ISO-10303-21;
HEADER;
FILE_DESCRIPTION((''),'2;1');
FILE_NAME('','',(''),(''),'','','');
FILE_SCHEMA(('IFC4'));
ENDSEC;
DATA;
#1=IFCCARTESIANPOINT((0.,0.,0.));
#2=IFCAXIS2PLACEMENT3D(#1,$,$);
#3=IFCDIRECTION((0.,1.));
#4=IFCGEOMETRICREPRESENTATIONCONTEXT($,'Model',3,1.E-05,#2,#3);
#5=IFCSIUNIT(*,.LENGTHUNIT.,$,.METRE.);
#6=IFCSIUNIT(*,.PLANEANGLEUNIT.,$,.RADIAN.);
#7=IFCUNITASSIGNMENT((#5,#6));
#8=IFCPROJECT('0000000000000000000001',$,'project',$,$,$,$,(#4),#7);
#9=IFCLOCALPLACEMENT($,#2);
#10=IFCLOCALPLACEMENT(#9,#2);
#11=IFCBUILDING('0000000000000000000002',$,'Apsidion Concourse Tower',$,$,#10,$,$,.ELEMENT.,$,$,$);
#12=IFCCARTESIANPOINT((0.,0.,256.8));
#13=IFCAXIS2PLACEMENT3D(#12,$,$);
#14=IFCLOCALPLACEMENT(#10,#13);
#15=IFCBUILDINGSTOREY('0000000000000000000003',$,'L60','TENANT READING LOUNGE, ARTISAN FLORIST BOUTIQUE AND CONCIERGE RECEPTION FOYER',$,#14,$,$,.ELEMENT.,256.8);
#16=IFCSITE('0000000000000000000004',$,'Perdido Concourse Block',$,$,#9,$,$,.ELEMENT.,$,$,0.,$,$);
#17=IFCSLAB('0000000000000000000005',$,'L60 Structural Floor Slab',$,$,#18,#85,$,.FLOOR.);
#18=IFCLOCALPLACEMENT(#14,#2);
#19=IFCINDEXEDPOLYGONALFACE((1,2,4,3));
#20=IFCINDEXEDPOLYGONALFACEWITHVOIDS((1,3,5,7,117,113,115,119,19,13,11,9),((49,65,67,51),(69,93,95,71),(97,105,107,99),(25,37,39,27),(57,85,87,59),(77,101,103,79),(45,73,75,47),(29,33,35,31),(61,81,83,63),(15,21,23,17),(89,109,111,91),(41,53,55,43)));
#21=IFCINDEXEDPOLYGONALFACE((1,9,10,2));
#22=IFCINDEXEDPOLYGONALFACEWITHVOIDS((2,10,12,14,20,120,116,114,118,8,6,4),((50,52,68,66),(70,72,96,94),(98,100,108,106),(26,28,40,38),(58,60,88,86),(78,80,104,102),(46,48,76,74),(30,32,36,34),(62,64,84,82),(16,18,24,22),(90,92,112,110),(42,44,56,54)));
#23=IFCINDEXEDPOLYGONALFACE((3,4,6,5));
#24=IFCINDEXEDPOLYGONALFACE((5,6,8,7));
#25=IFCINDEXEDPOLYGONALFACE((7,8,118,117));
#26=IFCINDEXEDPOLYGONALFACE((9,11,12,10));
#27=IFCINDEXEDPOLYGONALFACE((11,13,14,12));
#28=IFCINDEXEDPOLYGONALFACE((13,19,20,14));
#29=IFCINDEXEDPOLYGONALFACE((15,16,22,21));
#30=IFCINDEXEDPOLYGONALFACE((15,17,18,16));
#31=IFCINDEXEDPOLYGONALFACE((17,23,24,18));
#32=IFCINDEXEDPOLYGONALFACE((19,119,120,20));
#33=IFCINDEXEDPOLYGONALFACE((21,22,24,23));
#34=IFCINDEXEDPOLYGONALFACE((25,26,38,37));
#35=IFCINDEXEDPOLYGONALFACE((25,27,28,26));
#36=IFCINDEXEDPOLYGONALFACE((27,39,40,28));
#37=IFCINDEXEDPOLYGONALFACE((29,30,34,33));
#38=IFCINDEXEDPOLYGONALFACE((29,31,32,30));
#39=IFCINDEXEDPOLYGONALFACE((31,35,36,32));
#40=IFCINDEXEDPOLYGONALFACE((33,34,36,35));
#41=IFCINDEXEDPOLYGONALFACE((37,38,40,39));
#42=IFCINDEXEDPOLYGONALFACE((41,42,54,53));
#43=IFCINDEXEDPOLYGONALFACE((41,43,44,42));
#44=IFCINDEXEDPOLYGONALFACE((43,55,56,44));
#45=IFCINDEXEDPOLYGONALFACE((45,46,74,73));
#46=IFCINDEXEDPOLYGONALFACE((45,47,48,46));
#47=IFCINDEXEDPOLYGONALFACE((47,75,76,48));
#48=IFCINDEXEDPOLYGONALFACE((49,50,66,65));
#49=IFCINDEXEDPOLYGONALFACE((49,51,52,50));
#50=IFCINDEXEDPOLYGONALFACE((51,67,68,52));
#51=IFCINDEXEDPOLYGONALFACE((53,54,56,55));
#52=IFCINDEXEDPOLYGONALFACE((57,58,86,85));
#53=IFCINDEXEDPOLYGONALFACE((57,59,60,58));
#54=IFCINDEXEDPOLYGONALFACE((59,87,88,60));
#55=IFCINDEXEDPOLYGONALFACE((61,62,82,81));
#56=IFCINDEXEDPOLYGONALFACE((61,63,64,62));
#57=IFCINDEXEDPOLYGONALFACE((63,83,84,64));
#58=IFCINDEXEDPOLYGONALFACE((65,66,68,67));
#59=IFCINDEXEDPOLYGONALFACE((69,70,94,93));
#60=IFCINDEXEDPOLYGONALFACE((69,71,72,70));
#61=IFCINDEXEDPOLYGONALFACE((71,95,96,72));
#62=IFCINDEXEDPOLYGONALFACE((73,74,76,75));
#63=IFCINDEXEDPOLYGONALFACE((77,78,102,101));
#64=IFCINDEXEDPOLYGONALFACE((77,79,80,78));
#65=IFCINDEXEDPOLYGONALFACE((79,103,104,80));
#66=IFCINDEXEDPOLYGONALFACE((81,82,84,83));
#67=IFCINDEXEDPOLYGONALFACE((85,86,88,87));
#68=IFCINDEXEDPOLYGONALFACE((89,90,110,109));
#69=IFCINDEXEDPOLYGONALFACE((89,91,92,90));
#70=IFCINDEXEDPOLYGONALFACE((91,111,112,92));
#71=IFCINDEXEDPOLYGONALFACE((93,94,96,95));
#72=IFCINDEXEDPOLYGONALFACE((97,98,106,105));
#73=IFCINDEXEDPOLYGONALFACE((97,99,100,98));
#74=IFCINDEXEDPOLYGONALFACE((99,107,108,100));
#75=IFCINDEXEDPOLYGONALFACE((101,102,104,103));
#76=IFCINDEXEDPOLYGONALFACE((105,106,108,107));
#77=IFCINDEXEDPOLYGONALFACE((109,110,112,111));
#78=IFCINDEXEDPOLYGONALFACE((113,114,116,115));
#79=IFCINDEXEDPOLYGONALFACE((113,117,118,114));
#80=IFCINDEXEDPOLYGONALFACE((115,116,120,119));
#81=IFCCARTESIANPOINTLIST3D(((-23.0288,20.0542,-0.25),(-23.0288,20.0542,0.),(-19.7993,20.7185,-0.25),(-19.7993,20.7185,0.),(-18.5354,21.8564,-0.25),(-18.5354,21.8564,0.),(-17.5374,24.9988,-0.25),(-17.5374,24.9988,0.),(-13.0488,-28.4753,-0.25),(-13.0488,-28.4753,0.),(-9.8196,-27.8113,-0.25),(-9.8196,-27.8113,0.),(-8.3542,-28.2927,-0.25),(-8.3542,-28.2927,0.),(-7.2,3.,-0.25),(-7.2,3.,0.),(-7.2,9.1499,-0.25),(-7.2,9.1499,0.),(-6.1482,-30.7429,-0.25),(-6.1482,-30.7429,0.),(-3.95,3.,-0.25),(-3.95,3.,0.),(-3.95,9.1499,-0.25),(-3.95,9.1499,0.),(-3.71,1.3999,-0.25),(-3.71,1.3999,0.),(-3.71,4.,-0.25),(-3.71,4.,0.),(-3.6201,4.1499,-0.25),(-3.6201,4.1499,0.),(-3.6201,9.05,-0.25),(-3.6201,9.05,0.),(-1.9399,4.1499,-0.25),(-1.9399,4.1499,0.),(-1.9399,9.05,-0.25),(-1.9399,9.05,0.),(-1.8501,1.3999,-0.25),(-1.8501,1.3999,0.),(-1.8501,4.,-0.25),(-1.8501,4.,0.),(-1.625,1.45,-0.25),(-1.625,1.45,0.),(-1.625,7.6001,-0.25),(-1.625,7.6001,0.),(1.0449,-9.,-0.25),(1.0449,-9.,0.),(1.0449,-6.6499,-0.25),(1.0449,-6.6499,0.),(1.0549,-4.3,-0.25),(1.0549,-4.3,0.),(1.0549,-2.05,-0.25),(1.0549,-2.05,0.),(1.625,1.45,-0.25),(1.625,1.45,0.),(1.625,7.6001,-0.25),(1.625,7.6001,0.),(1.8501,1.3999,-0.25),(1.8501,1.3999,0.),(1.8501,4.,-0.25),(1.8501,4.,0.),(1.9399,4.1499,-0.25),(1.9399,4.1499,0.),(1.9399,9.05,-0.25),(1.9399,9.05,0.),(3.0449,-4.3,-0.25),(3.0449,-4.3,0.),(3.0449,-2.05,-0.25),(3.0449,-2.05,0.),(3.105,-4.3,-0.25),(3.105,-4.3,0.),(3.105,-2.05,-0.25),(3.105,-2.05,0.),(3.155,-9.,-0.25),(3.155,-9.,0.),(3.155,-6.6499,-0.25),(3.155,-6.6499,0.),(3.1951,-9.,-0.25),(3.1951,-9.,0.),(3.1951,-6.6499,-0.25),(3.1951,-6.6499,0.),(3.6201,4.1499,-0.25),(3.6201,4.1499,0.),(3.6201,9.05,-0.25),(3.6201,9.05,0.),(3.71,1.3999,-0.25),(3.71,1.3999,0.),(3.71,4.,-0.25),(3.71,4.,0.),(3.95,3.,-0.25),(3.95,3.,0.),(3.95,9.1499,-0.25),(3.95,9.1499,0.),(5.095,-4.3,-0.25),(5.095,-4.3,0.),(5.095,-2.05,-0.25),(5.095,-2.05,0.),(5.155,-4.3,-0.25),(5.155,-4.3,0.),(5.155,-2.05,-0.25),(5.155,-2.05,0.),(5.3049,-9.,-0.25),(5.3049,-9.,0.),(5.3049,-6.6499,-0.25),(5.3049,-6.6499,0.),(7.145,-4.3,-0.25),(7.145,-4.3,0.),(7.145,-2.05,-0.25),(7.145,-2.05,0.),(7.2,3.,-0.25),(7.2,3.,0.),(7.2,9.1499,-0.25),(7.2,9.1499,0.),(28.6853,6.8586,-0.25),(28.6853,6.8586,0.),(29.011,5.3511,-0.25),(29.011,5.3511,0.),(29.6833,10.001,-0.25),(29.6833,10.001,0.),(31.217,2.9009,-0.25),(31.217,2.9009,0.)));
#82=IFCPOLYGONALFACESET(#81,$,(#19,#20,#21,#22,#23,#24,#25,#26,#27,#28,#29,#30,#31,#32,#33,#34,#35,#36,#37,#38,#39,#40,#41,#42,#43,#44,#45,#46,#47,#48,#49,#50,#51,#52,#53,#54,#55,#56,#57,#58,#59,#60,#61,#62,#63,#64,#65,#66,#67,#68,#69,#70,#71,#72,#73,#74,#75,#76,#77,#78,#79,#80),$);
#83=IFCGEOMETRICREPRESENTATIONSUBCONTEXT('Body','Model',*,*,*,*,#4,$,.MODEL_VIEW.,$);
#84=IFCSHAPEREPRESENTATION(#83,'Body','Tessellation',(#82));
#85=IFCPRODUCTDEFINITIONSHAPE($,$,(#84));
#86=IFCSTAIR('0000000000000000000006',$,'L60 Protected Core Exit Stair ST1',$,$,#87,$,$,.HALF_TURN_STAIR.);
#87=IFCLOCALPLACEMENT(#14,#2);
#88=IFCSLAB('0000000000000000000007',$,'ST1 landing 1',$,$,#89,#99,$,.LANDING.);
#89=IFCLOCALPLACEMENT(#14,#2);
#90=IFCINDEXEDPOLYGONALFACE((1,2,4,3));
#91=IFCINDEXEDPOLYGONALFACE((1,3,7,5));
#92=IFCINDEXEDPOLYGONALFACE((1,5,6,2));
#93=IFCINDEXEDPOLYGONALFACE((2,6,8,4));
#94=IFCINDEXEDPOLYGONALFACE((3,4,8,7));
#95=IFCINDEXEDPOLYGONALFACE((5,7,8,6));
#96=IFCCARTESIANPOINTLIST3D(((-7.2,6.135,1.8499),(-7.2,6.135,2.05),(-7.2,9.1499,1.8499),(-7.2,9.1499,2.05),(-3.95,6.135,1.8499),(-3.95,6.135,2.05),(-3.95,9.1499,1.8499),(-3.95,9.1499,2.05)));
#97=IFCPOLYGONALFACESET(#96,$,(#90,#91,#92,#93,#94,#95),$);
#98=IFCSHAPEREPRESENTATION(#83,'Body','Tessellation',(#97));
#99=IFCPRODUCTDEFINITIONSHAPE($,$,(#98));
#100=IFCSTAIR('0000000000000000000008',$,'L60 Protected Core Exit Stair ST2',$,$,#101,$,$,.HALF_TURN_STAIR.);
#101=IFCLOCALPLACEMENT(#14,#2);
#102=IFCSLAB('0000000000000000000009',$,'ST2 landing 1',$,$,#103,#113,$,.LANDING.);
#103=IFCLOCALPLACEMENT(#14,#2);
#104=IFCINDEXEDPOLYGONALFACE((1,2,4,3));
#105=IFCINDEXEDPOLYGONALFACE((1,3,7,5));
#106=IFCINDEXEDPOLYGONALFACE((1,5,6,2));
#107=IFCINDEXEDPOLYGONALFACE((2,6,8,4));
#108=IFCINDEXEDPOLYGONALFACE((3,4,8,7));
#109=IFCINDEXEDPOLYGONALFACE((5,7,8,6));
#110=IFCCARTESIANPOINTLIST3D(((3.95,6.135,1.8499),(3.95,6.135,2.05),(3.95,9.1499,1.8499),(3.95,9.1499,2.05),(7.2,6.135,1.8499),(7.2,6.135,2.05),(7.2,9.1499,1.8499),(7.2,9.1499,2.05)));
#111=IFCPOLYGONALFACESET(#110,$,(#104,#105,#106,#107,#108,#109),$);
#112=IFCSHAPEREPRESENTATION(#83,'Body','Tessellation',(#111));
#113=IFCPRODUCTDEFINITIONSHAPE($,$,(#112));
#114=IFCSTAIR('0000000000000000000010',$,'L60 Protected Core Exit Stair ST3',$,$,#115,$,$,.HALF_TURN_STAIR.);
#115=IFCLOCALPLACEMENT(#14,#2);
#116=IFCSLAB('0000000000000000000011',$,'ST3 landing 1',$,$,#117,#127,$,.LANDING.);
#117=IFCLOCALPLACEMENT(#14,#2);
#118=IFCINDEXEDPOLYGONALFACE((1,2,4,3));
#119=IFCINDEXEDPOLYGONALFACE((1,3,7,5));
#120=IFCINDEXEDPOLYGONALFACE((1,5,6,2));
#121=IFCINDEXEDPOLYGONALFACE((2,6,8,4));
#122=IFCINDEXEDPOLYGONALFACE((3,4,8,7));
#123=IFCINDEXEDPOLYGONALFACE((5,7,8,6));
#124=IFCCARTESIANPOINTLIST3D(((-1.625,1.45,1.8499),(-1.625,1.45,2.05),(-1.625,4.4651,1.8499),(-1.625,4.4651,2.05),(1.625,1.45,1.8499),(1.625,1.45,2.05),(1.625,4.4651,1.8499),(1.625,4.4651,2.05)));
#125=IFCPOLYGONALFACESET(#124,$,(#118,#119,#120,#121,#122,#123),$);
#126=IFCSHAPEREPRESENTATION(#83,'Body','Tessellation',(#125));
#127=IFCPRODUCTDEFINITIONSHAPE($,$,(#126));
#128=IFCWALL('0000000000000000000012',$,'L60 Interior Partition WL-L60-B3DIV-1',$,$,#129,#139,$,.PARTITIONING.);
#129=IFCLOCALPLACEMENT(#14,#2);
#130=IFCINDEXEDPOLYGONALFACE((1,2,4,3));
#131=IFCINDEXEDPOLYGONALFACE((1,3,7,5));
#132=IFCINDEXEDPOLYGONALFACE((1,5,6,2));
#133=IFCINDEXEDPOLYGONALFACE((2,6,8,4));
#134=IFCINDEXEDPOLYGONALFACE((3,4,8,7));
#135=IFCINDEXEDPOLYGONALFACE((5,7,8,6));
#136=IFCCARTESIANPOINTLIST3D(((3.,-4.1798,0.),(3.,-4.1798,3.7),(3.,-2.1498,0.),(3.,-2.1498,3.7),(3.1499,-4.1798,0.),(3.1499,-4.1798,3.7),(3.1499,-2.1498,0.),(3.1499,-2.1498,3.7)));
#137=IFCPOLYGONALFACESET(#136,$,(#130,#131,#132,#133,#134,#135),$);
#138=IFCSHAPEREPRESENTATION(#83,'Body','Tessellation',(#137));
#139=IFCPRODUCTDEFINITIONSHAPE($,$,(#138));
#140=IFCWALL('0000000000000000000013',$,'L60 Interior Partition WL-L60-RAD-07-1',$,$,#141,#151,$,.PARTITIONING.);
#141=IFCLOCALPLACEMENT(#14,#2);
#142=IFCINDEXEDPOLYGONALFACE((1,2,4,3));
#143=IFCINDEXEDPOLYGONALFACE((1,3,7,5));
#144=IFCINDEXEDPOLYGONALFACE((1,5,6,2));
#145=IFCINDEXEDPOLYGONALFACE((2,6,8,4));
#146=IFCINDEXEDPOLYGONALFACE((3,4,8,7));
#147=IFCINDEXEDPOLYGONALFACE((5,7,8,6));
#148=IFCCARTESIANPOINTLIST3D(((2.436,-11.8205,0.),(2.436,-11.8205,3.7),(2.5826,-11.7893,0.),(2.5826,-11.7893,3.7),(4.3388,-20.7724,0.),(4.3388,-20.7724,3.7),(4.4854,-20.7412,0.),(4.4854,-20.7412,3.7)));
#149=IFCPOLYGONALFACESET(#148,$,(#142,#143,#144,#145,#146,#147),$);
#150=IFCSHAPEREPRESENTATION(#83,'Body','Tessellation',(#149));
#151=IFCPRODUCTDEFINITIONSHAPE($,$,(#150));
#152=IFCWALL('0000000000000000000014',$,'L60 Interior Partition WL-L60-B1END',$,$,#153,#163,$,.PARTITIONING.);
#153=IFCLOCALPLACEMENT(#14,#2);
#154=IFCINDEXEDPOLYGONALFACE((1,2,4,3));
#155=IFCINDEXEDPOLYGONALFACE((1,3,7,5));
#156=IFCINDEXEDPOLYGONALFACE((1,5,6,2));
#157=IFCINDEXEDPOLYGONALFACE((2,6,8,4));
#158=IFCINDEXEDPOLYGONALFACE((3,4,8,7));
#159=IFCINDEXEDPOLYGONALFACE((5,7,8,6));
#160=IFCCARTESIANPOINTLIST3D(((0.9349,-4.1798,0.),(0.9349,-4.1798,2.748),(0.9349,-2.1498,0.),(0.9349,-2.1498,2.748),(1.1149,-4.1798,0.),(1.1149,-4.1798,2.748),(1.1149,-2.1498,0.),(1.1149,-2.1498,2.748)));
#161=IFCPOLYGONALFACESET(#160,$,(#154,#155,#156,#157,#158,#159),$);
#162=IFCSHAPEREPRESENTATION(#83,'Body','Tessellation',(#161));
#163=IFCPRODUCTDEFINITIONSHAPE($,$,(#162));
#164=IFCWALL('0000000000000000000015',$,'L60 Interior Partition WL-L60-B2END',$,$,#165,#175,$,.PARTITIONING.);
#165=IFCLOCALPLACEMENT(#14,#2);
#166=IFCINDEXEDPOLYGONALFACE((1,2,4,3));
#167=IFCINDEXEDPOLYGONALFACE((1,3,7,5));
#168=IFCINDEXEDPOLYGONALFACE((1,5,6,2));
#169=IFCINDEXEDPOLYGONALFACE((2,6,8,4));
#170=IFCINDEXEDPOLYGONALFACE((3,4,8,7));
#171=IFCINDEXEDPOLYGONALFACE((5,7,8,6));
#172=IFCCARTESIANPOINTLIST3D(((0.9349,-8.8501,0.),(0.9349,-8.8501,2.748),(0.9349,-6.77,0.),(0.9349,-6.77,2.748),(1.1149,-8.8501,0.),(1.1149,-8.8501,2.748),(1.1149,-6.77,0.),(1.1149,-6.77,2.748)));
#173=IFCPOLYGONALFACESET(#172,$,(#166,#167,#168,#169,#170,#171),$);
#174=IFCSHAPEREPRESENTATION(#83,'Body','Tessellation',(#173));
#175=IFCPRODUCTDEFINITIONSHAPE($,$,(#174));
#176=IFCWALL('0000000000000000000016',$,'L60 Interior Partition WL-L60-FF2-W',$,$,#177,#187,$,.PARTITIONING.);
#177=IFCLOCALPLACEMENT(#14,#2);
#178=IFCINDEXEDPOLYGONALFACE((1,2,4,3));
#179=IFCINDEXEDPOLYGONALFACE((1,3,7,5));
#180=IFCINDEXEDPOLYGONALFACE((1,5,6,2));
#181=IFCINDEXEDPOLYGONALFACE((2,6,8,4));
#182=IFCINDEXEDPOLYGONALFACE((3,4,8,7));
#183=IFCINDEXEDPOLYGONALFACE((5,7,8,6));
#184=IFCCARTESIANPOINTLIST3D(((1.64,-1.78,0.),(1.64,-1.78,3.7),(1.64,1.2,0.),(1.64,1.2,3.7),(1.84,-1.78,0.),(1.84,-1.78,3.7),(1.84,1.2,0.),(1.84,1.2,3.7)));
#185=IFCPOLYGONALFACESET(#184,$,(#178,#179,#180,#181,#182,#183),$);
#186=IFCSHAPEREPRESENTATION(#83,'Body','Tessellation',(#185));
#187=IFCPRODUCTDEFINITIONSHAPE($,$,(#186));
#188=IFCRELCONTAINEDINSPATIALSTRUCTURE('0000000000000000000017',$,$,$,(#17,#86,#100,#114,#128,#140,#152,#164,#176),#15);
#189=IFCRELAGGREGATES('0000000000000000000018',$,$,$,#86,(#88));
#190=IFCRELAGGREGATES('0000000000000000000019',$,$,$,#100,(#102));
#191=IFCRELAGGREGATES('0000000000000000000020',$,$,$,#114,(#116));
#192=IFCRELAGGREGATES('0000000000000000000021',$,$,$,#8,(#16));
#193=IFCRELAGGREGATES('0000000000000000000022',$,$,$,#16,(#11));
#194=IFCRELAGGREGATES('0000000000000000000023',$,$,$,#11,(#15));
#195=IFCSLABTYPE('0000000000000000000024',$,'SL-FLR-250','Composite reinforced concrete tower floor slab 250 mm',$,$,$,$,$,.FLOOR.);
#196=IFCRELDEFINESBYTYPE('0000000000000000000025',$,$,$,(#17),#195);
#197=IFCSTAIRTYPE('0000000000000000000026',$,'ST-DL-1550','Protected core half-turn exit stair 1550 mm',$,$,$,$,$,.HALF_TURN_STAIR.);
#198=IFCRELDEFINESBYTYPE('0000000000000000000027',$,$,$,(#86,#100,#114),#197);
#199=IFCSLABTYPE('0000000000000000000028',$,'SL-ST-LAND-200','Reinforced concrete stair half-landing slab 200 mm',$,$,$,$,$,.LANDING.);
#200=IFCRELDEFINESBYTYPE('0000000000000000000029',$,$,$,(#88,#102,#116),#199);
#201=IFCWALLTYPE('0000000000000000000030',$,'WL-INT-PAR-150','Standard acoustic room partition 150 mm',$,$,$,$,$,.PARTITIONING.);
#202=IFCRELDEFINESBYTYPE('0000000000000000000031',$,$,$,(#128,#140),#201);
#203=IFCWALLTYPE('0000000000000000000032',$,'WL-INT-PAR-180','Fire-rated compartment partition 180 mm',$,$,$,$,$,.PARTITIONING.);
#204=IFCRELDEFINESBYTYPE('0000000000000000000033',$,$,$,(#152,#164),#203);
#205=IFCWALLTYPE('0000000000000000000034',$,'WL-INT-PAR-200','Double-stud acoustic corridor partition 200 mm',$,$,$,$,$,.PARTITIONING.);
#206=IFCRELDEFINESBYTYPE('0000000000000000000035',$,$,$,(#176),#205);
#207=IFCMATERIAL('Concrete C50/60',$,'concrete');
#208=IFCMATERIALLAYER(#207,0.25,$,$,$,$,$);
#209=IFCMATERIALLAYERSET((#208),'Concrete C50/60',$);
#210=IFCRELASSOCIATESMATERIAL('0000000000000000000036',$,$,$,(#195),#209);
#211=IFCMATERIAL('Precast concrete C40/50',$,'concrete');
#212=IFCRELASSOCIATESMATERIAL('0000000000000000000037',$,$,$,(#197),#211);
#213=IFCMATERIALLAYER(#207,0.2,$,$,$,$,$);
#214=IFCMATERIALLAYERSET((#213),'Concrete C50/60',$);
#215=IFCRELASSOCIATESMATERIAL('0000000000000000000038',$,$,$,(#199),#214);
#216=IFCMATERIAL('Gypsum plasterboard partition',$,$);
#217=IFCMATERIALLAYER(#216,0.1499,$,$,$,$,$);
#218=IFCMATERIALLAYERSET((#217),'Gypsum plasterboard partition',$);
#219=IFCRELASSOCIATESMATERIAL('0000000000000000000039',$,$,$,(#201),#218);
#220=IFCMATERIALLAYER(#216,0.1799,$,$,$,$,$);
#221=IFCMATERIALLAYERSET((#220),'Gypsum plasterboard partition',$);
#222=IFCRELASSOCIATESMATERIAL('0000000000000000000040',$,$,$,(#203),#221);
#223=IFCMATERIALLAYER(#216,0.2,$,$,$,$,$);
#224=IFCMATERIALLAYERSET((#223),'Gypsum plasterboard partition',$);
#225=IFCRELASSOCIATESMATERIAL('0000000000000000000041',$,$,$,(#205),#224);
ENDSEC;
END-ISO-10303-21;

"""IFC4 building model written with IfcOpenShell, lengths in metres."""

from ifc_helpers import new_model, si_unit, direction, frame, frame_2d, origin, place, context, subcontext, project, spatial, polyline, rectangle, outline, extrude, material, layer, layer_set, type_object, element, aggregate, save


model = new_model("IFC4")

# Units and contexts
model_context = context("Model", 3, precision=1e-05, world=origin(), true_north=direction((0.0, 1.0)))
body_context = subcontext(model_context, "Body", "Model", "MODEL_VIEW")
ifc_project = project(units=[si_unit("LENGTHUNIT", "METRE"), si_unit("PLANEANGLEUNIT", "RADIAN")], contexts=[model_context])

# Site, building, storey
site_placement = place(None, origin())
site = spatial("IfcSite", under=ifc_project, at=site_placement, Name="Perdido Concourse Block", CompositionType="ELEMENT", RefElevation=0.0)
building_placement = place(site_placement, origin())
building = spatial("IfcBuilding", under=site, at=building_placement, Name="Apsidion Concourse Tower", CompositionType="ELEMENT")
storey_placement = place(building_placement, frame((0.0, 0.0, 256.8)))
storey = spatial("IfcBuildingStorey", under=building, at=storey_placement, Name="L60", Description="TENANT READING LOUNGE, ARTISAN FLORIST BOUTIQUE AND CONCIERGE RECEPTION FOYER", CompositionType="ELEMENT", Elevation=256.8)

# Shared definitions
ifc_material_1 = material(Name="Concrete C50/60", Category="concrete")

# Slab
ifc_layer_1 = layer(ifc_material_1, 0.25)
ifc_layer_set_1 = layer_set([ifc_layer_1], Name="Concrete C50/60")
slab_type_1 = type_object("IfcSlabType", Name="SL-FLR-250", Description="Composite reinforced concrete tower floor slab 250 mm", PredefinedType="FLOOR", material=ifc_layer_set_1)
slab_1_placement = place(storey_placement, frame((0.0, 0.0, -0.25)))
element("IfcSlab", 1, at=slab_1_placement, inside=storey, type_object=slab_type_1, Name="L60 Structural Floor Slab", PredefinedType="FLOOR", context=body_context, shape_type="SweptSolid", body=[
    extrude(outline(polyline([(-17.5374, 24.9988), (-18.5354, 21.8564), (-19.7993, 20.7185), (-23.0288, 20.0542), (-13.0488, -28.4753), (-9.8196, -27.8113), (-8.3542, -28.2927), (-6.1482, -30.7429), (31.217, 2.9009), (29.011, 5.3511), (28.6853, 6.8586), (29.6833, 10.001), (-17.5374, 24.9988)]), holes=[polyline([(-3.95, 3.0), (-3.95, 9.1499), (-7.2, 9.1499), (-7.2, 3.0), (-3.95, 3.0)]), polyline([(7.2, 3.0), (7.2, 9.1499), (3.95, 9.1499), (3.95, 3.0), (7.2, 3.0)]), polyline([(-1.625, 7.6001), (-1.625, 1.45), (1.625, 1.45), (1.625, 7.6001), (-1.625, 7.6001)]), polyline([(1.0549, -4.3), (3.0449, -4.3), (3.0449, -2.05), (1.0549, -2.05), (1.0549, -4.3)]), polyline([(3.105, -4.3), (5.095, -4.3), (5.095, -2.05), (3.105, -2.05), (3.105, -4.3)]), polyline([(5.155, -4.3), (7.145, -4.3), (7.145, -2.05), (5.155, -2.05), (5.155, -4.3)]), polyline([(1.0449, -9.0), (3.155, -9.0), (3.155, -6.6499), (1.0449, -6.6499), (1.0449, -9.0)]), polyline([(3.1951, -9.0), (5.3049, -9.0), (5.3049, -6.6499), (3.1951, -6.6499), (3.1951, -9.0)]), polyline([(-3.71, 1.3999), (-1.8501, 1.3999), (-1.8501, 4.0), (-3.71, 4.0), (-3.71, 1.3999)]), polyline([(1.8501, 1.3999), (3.71, 1.3999), (3.71, 4.0), (1.8501, 4.0), (1.8501, 1.3999)]), polyline([(-3.6201, 4.1499), (-1.9399, 4.1499), (-1.9399, 9.05), (-3.6201, 9.05), (-3.6201, 4.1499)]), polyline([(1.9399, 4.1499), (3.6201, 4.1499), (3.6201, 9.05), (1.9399, 9.05), (1.9399, 4.1499)])]), origin(), (0.0, 0.0, 1.0), 0.25),
])

# Stairs, slabs
ifc_material_2 = material(Name="Precast concrete C40/50", Category="concrete")
stair_type = type_object("IfcStairType", Name="ST-DL-1550", Description="Protected core half-turn exit stair 1550 mm", PredefinedType="HALF_TURN_STAIR", material=ifc_material_2)
stair_1_placement = place(storey_placement, origin())
stair_1 = element("IfcStair", 2, at=stair_1_placement, inside=storey, type_object=stair_type, Name="L60 Protected Core Exit Stair ST1", PredefinedType="HALF_TURN_STAIR")
ifc_layer_2 = layer(ifc_material_1, 0.2)
ifc_layer_set_2 = layer_set([ifc_layer_2], Name="Concrete C50/60")
slab_type_2 = type_object("IfcSlabType", Name="SL-ST-LAND-200", Description="Reinforced concrete stair half-landing slab 200 mm", PredefinedType="LANDING", material=ifc_layer_set_2)
slab_2_placement = place(storey_placement, frame((0.0, 0.0, 1.8499)))
slab_2 = element("IfcSlab", 3, at=slab_2_placement, type_object=slab_type_2, Name="ST1 landing 1", PredefinedType="LANDING", context=body_context, shape_type="SweptSolid", body=[
    extrude(outline(polyline([(-3.95, 6.135), (-3.95, 9.1499), (-7.2, 9.1499), (-7.2, 6.135), (-3.95, 6.135)])), origin(), (0.0, 0.0, 1.0), 0.2002),
])
aggregate(stair_1, [slab_2])
stair_2_placement = place(storey_placement, origin())
stair_2 = element("IfcStair", 4, at=stair_2_placement, inside=storey, type_object=stair_type, Name="L60 Protected Core Exit Stair ST2", PredefinedType="HALF_TURN_STAIR")
slab_3_placement = place(storey_placement, frame((0.0, 0.0, 1.8499)))
slab_3 = element("IfcSlab", 5, at=slab_3_placement, type_object=slab_type_2, Name="ST2 landing 1", PredefinedType="LANDING", context=body_context, shape_type="SweptSolid", body=[
    extrude(outline(polyline([(7.2, 6.135), (7.2, 9.1499), (3.95, 9.1499), (3.95, 6.135), (7.2, 6.135)])), origin(), (0.0, 0.0, 1.0), 0.2002),
])
aggregate(stair_2, [slab_3])
stair_3_placement = place(storey_placement, origin())
stair_3 = element("IfcStair", 6, at=stair_3_placement, inside=storey, type_object=stair_type, Name="L60 Protected Core Exit Stair ST3", PredefinedType="HALF_TURN_STAIR")
slab_4_placement = place(storey_placement, frame((0.0, 0.0, 1.8499)))
slab_4 = element("IfcSlab", 7, at=slab_4_placement, type_object=slab_type_2, Name="ST3 landing 1", PredefinedType="LANDING", context=body_context, shape_type="SweptSolid", body=[
    extrude(outline(polyline([(-1.625, 4.4651), (-1.625, 1.45), (1.625, 1.45), (1.625, 4.4651), (-1.625, 4.4651)])), origin(), (0.0, 0.0, 1.0), 0.2002),
])
aggregate(stair_3, [slab_4])

# Walls
ifc_material_3 = material(Name="Gypsum plasterboard partition")
ifc_layer_3 = layer(ifc_material_3, 0.1499)
ifc_layer_set_3 = layer_set([ifc_layer_3], Name="Gypsum plasterboard partition")
wall_type_1 = type_object("IfcWallType", Name="WL-INT-PAR-150", Description="Standard acoustic room partition 150 mm", PredefinedType="PARTITIONING", material=ifc_layer_set_3)
wall_1_placement = place(storey_placement, frame((3.075, -4.1799, 0.0), z_axis=(0.0, 0.0, 1.0), x_axis=(0.0, 1.0, 0.0)))
element("IfcWall", 8, at=wall_1_placement, inside=storey, type_object=wall_type_1, Name="L60 Interior Partition WL-L60-B3DIV-1", PredefinedType="PARTITIONING", context=body_context, shape_type="SweptSolid", body=[
    extrude(rectangle(XDim=2.03, YDim=0.1499, at=frame_2d((1.0151, 0.0))), origin(), (0.0, 0.0, 1.0), 3.7),
])
wall_2_placement = place(storey_placement, frame((2.5093, -11.8049, 0.0), z_axis=(0.0, 0.0, 1.0), x_axis=(0.207917, -0.978147, 0.0)))
element("IfcWall", 9, at=wall_2_placement, inside=storey, type_object=wall_type_1, Name="L60 Interior Partition WL-L60-RAD-07-1", PredefinedType="PARTITIONING", context=body_context, shape_type="SweptSolid", body=[
    extrude(rectangle(XDim=9.1519, YDim=0.1499, at=frame_2d((4.5759, 0.0))), origin(), (0.0, 0.0, 1.0), 3.7),
])
ifc_layer_4 = layer(ifc_material_3, 0.1799)
ifc_layer_set_4 = layer_set([ifc_layer_4], Name="Gypsum plasterboard partition")
wall_type_2 = type_object("IfcWallType", Name="WL-INT-PAR-180", Description="Fire-rated compartment partition 180 mm", PredefinedType="PARTITIONING", material=ifc_layer_set_4)
wall_3_placement = place(storey_placement, frame((1.0249, -4.1799, 0.0), z_axis=(0.0, 0.0, 1.0), x_axis=(0.0, 1.0, 0.0)))
element("IfcWall", 10, at=wall_3_placement, inside=storey, type_object=wall_type_2, Name="L60 Interior Partition WL-L60-B1END", PredefinedType="PARTITIONING", context=body_context, shape_type="SweptSolid", body=[
    extrude(rectangle(XDim=2.03, YDim=0.1799, at=frame_2d((1.0151, 0.0))), origin(), (0.0, 0.0, 1.0), 2.748),
])
wall_4_placement = place(storey_placement, frame((1.0249, -8.8501, 0.0), z_axis=(0.0, 0.0, 1.0), x_axis=(0.0, 1.0, 0.0)))
element("IfcWall", 11, at=wall_4_placement, inside=storey, type_object=wall_type_2, Name="L60 Interior Partition WL-L60-B2END", PredefinedType="PARTITIONING", context=body_context, shape_type="SweptSolid", body=[
    extrude(rectangle(XDim=2.0801, YDim=0.1799, at=frame_2d((1.04, 0.0))), origin(), (0.0, 0.0, 1.0), 2.748),
])
ifc_layer_5 = layer(ifc_material_3, 0.2)
ifc_layer_set_5 = layer_set([ifc_layer_5], Name="Gypsum plasterboard partition")
wall_type_3 = type_object("IfcWallType", Name="WL-INT-PAR-200", Description="Double-stud acoustic corridor partition 200 mm", PredefinedType="PARTITIONING", material=ifc_layer_set_5)
wall_5_placement = place(storey_placement, frame((1.74, -1.78, 0.0), z_axis=(0.0, 0.0, 1.0), x_axis=(0.0, 1.0, 0.0)))
element("IfcWall", 12, at=wall_5_placement, inside=storey, type_object=wall_type_3, Name="L60 Interior Partition WL-L60-FF2-W", PredefinedType="PARTITIONING", context=body_context, shape_type="SweptSolid", body=[
    extrude(rectangle(XDim=2.98, YDim=0.2, at=frame_2d((1.49, 0.0))), origin(), (0.0, 0.0, 1.0), 3.7),
])

save(model, "model.ifc")
